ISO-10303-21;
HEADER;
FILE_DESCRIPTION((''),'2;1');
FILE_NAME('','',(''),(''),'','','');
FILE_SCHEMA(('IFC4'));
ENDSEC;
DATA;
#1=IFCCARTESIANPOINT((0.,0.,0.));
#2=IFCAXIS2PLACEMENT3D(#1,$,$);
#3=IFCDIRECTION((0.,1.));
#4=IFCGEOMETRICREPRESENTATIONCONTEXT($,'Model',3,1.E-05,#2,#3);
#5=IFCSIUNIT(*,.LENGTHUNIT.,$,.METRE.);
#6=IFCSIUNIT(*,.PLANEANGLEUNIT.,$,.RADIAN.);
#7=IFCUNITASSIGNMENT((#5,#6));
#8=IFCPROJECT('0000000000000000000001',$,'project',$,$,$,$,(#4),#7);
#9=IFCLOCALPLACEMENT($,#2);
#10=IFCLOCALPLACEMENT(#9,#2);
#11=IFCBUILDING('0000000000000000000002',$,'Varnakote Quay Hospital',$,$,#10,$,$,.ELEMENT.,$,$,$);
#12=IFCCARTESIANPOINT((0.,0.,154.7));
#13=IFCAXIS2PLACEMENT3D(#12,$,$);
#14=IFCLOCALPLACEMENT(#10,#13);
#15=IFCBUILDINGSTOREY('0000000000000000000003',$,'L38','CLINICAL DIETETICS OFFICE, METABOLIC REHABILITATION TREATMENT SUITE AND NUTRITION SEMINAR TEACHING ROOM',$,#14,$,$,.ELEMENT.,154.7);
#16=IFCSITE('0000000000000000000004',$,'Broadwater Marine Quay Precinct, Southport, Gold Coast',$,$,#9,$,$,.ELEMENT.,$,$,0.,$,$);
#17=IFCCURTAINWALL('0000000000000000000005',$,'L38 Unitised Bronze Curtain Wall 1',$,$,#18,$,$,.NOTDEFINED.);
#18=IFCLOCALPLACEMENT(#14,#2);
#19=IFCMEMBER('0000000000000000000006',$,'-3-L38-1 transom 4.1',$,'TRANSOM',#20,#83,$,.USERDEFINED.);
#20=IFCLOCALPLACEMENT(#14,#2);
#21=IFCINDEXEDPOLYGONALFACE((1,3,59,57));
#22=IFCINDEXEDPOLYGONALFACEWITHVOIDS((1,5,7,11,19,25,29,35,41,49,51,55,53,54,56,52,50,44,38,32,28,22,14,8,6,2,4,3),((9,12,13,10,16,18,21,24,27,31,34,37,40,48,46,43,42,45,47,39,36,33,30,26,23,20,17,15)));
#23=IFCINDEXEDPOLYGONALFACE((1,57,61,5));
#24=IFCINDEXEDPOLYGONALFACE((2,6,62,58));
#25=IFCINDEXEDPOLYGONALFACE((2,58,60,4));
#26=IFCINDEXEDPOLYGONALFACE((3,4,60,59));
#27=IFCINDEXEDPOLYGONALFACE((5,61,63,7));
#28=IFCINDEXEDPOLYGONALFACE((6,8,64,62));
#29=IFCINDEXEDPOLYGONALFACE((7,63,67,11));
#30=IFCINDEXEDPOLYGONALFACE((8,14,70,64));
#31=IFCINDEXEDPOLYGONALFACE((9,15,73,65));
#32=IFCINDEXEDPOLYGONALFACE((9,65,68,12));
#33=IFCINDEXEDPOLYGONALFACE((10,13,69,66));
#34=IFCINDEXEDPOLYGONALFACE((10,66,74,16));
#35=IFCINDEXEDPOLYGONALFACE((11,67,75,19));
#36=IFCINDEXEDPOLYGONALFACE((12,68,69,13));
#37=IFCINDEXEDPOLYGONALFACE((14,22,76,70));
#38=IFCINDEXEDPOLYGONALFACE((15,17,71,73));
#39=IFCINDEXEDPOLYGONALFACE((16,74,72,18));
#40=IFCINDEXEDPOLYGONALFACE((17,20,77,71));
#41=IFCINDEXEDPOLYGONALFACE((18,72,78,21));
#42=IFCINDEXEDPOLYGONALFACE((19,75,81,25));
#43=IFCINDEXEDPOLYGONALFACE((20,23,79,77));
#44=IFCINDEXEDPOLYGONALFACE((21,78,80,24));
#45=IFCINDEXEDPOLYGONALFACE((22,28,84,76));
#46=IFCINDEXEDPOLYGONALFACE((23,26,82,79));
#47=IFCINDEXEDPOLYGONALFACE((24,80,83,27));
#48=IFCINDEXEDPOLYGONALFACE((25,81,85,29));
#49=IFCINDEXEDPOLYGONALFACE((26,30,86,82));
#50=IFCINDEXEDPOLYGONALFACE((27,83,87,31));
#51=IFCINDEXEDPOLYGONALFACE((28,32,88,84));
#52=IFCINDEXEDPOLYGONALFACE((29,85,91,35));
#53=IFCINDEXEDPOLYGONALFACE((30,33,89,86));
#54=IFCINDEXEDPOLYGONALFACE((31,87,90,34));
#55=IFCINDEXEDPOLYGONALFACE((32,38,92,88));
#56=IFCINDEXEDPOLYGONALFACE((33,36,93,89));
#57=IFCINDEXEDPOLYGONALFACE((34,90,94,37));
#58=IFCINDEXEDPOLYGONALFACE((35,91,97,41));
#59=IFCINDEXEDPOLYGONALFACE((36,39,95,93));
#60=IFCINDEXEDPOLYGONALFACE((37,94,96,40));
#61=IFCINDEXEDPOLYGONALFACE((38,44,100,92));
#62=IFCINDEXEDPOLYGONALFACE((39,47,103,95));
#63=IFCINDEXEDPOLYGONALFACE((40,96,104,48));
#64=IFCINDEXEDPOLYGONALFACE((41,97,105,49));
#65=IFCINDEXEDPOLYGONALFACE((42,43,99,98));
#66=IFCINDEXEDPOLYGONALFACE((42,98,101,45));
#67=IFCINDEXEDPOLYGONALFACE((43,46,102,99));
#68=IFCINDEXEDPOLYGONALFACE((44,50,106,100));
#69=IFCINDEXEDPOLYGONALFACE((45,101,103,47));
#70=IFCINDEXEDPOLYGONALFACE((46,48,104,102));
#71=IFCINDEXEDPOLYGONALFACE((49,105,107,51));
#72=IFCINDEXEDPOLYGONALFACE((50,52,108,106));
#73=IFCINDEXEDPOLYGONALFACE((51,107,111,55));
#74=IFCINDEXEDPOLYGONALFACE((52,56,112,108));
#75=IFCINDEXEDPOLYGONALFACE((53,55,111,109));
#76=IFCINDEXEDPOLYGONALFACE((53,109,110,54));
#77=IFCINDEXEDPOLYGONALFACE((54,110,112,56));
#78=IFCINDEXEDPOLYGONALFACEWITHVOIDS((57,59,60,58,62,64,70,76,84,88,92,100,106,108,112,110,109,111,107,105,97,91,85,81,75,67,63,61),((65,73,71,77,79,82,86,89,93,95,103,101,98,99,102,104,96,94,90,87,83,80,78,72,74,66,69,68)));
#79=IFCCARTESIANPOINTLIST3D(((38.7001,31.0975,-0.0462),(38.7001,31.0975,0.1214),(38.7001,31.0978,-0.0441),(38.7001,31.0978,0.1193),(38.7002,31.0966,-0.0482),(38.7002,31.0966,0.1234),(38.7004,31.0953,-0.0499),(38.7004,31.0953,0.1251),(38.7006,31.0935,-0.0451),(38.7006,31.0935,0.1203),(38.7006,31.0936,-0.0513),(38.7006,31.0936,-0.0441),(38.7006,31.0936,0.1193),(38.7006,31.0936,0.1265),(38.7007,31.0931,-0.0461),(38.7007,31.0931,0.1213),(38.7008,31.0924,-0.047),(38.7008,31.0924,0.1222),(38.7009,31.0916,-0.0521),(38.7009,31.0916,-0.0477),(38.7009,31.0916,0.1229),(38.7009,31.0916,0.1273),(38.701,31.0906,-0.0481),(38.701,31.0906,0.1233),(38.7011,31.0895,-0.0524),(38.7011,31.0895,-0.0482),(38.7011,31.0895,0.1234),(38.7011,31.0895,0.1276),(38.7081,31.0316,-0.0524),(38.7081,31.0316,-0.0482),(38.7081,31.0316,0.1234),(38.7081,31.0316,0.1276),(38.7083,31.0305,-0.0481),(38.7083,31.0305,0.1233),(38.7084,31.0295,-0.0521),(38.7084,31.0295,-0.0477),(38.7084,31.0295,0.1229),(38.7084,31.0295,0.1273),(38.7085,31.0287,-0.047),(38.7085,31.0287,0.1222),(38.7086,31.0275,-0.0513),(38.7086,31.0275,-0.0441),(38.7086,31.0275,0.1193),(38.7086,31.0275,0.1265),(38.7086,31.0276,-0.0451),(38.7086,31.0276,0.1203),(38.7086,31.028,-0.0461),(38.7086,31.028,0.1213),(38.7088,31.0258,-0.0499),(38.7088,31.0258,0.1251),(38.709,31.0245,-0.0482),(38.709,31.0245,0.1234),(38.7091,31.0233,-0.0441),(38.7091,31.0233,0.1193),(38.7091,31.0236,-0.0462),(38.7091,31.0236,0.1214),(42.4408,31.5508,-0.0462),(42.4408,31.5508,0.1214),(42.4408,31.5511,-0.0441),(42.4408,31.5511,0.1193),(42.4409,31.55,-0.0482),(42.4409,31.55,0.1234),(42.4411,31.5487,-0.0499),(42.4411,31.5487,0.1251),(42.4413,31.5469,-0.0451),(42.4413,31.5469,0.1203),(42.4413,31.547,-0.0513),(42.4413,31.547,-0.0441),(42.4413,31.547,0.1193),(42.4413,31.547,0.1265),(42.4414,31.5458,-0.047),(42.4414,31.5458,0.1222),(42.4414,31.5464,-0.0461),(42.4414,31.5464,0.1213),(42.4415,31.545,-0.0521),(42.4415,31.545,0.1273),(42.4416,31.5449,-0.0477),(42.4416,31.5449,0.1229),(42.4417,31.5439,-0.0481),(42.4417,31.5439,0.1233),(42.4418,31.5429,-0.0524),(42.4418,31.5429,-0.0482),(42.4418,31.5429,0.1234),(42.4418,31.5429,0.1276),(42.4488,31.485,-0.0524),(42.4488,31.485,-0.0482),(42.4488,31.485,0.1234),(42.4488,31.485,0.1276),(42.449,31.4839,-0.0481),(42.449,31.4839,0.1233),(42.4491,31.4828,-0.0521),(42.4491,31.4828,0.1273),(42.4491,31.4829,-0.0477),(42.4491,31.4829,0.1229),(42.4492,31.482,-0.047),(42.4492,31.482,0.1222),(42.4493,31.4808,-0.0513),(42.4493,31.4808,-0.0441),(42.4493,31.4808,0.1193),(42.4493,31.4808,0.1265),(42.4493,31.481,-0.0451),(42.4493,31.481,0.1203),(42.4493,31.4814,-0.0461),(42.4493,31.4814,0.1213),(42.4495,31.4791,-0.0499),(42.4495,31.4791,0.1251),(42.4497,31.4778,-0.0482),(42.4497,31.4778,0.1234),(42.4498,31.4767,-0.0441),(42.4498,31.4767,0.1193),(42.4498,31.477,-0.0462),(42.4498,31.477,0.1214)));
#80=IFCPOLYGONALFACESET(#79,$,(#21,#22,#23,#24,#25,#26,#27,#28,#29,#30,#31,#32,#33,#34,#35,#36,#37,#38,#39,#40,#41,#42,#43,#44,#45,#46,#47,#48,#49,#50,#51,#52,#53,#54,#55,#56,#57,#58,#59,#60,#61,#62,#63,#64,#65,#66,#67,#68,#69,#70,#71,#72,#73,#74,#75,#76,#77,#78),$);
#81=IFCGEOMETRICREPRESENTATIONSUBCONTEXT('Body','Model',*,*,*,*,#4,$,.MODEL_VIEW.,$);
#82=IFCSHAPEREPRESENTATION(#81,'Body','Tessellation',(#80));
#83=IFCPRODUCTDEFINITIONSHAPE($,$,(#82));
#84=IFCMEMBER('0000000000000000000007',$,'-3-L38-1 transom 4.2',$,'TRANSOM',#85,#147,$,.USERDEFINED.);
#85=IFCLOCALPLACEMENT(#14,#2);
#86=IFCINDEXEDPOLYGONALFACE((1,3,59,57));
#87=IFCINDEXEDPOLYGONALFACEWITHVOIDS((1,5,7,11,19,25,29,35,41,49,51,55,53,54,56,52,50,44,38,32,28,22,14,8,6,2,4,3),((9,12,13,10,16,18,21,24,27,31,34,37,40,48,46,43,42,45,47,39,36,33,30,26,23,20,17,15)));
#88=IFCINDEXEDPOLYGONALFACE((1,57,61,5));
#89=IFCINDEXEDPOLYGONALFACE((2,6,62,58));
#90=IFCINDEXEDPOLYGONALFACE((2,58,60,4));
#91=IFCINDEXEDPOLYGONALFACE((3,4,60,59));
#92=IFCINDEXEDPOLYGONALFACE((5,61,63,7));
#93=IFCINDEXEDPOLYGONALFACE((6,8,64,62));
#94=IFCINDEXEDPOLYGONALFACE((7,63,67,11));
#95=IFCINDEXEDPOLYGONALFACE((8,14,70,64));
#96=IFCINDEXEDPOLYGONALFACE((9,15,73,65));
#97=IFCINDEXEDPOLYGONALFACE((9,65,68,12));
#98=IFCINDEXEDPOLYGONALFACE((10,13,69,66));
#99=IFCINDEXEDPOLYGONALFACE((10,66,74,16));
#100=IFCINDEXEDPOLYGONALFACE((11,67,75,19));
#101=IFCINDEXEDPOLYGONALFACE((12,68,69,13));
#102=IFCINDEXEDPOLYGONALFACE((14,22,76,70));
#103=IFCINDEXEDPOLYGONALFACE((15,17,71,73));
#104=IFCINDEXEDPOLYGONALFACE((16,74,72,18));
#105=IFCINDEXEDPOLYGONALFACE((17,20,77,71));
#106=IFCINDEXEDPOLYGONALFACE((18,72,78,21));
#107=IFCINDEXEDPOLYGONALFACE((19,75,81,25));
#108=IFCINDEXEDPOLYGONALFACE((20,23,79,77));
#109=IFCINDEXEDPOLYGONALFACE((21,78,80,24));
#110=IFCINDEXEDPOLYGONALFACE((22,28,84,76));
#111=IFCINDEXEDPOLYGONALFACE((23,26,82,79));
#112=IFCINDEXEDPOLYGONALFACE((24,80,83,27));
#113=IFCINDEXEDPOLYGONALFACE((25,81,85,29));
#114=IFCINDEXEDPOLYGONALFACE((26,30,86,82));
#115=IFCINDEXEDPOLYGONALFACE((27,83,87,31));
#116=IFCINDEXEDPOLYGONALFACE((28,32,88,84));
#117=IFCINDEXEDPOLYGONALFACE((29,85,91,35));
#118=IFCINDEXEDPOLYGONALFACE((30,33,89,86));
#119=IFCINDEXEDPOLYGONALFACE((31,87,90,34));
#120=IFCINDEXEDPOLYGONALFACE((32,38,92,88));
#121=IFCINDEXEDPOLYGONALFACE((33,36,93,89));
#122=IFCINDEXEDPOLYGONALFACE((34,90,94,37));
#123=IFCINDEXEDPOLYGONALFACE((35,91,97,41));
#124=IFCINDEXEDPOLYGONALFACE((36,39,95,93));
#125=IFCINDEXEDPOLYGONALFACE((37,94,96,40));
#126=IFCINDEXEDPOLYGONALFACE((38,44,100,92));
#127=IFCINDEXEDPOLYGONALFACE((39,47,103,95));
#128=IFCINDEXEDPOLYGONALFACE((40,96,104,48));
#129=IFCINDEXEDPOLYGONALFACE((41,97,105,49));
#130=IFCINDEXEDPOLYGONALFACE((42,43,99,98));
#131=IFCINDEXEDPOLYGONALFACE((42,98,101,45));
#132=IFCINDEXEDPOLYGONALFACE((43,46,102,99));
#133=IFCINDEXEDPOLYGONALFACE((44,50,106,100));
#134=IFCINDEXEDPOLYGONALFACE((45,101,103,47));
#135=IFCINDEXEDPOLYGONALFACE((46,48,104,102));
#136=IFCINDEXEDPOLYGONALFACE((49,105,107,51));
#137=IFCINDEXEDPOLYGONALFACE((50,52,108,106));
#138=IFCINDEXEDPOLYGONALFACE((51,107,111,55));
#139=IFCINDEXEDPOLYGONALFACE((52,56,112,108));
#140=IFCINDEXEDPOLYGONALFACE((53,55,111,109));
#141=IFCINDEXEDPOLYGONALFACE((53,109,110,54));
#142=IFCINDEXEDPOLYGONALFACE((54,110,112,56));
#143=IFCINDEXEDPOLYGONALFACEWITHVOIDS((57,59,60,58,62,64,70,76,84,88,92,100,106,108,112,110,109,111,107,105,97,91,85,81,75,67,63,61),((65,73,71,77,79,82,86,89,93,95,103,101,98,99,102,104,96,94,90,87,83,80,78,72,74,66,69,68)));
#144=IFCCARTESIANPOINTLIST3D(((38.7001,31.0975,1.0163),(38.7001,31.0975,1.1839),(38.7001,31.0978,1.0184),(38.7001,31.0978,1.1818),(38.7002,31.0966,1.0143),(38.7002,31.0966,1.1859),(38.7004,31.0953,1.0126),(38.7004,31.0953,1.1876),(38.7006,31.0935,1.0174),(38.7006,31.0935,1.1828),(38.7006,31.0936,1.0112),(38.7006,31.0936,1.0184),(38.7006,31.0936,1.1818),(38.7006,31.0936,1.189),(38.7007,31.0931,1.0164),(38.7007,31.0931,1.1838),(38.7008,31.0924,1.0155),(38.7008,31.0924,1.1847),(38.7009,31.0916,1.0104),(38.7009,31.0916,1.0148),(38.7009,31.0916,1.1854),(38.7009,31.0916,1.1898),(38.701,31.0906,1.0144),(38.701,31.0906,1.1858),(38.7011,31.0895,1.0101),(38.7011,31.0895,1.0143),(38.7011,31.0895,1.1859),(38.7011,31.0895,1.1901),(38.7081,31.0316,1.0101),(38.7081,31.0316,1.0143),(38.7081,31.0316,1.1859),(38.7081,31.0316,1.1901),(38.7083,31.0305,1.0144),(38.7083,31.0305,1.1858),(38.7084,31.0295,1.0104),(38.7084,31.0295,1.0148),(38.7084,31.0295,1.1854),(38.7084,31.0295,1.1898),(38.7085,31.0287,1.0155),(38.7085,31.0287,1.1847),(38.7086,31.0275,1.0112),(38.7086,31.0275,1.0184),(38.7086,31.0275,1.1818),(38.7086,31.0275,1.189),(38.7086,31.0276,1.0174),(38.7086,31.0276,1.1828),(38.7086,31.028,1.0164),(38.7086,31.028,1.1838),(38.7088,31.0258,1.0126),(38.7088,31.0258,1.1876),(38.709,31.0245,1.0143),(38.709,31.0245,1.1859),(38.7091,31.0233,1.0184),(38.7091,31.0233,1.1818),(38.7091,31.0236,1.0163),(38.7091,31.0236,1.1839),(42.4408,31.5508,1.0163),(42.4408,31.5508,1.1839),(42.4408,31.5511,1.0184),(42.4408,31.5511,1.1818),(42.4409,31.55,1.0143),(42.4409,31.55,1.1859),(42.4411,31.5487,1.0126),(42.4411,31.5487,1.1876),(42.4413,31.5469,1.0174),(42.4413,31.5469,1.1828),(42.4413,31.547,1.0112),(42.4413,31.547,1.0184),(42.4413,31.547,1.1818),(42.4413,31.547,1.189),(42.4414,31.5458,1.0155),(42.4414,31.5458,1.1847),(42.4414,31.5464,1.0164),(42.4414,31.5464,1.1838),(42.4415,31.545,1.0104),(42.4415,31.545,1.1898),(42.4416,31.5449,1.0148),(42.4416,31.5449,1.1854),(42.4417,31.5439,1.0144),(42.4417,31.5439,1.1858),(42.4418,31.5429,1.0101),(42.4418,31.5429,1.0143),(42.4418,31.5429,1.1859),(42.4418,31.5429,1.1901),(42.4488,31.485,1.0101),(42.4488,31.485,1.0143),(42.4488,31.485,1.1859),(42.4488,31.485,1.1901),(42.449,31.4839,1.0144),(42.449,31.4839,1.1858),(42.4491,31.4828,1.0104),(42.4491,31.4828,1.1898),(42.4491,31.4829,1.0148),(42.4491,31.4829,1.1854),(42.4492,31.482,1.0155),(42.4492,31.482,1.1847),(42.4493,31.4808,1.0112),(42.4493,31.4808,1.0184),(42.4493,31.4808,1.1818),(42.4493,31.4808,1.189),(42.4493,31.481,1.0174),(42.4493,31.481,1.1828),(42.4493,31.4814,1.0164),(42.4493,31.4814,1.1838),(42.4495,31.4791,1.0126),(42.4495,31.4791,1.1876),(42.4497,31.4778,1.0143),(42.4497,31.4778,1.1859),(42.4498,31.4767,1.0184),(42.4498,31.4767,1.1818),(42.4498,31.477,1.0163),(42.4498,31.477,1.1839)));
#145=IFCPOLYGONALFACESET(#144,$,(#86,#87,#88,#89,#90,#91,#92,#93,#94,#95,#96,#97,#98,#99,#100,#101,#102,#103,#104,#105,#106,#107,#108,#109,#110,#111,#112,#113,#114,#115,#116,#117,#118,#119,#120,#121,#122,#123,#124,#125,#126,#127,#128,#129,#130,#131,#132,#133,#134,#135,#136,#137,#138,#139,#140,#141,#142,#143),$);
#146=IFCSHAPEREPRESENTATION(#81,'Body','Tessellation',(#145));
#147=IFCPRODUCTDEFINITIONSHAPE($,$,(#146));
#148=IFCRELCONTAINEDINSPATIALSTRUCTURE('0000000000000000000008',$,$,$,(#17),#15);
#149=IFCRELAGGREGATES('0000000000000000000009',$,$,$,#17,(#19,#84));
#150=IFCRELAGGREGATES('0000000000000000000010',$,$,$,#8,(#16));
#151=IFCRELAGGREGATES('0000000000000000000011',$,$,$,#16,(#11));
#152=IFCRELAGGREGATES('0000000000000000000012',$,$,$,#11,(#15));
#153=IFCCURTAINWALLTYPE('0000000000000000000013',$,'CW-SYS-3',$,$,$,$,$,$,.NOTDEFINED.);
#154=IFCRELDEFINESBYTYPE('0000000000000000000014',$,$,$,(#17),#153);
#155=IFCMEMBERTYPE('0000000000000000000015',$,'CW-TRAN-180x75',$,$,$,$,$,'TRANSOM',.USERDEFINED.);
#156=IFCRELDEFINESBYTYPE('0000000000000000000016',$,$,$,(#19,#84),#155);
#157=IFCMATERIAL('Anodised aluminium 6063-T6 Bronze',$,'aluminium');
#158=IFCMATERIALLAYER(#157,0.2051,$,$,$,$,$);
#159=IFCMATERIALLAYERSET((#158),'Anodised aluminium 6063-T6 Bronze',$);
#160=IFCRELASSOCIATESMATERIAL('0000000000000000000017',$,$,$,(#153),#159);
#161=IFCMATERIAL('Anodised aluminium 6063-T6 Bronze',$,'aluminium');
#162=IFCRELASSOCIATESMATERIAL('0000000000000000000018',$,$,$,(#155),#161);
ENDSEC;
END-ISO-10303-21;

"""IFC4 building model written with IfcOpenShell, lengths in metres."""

from ifc_helpers import new_model, si_unit, direction, frame, origin, origin_2d, place, context, subcontext, project, spatial, hollow_rectangle, extrude, material, layer, layer_set, material_profile, profile_set, type_object, element, aggregate, save


model = new_model("IFC4")

# Units and contexts
model_context = context("Model", 3, precision=1e-05, world=origin(), true_north=direction((0.0, 1.0)))
body_context = subcontext(model_context, "Body", "Model", "MODEL_VIEW")
ifc_project = project(units=[si_unit("LENGTHUNIT", "METRE"), si_unit("PLANEANGLEUNIT", "RADIAN")], contexts=[model_context])

# Site, building, storey
site_placement = place(None, origin())
site = spatial("IfcSite", under=ifc_project, at=site_placement, Name="Broadwater Marine Quay Precinct, Southport, Gold Coast", CompositionType="ELEMENT", RefElevation=0.0)
building_placement = place(site_placement, origin())
building = spatial("IfcBuilding", under=site, at=building_placement, Name="Varnakote Quay Hospital", CompositionType="ELEMENT")
storey_placement = place(building_placement, frame((0.0, 0.0, 154.7)))
storey = spatial("IfcBuildingStorey", under=building, at=storey_placement, Name="L38", Description="CLINICAL DIETETICS OFFICE, METABOLIC REHABILITATION TREATMENT SUITE AND NUTRITION SEMINAR TEACHING ROOM", CompositionType="ELEMENT", Elevation=154.7)

# Curtain wall, members
ifc_material_1 = material(Name="Anodised aluminium 6063-T6 Bronze", Category="aluminium")
ifc_layer_1 = layer(ifc_material_1, 0.2051)
ifc_layer_set_1 = layer_set([ifc_layer_1], Name="Anodised aluminium 6063-T6 Bronze")
curtain_wall_type = type_object("IfcCurtainWallType", Name="CW-SYS-3", PredefinedType="NOTDEFINED", material=ifc_layer_set_1)
curtain_wall_placement = place(storey_placement, origin())
curtain_wall = element("IfcCurtainWall", 1, at=curtain_wall_placement, inside=storey, type_object=curtain_wall_type, Name="L38 Unitised Bronze Curtain Wall 1", PredefinedType="NOTDEFINED")
ifc_material_2 = material(Name="Anodised aluminium 6063-T6 Bronze", Category="aluminium")
ifc_material_profile_1 = material_profile(ifc_material_2, hollow_rectangle(XDim=0.075, YDim=0.1799, WallThickness=0.0042, InnerFilletRadius=0.0042, OuterFilletRadius=0.0083, at=origin_2d()), Name="CW-TRAN-180x75")
ifc_profile_set_1 = profile_set([ifc_material_profile_1], Name="Anodised aluminium 6063-T6 Bronze")
member_type_1 = type_object("IfcMemberType", Name="CW-TRAN-180x75", ElementType="TRANSOM", PredefinedType="USERDEFINED", material=ifc_profile_set_1)
member_1_placement = place(storey_placement, frame((42.4453, 31.5139, 0.0376), z_axis=(-0.992735, -0.120318, 0.0), x_axis=(0.120318, -0.992735, 0.0)))
member_1 = element("IfcMember", 2, at=member_1_placement, type_object=member_type_1, Name="-3-L38-1 transom 4.1", ObjectType="TRANSOM", PredefinedType="USERDEFINED", context=body_context, shape_type="SweptSolid", body=[
    extrude(hollow_rectangle(XDim=0.075, YDim=0.1799, WallThickness=0.0042, InnerFilletRadius=0.0042, OuterFilletRadius=0.0083, at=origin_2d()), origin(), (0.0, 0.0, 1.0), 3.7681),
])
member_2_placement = place(storey_placement, frame((42.4453, 31.5139, 1.1001), z_axis=(-0.992735, -0.120318, 0.0), x_axis=(0.120318, -0.992735, 0.0)))
member_2 = element("IfcMember", 3, at=member_2_placement, type_object=member_type_1, Name="-3-L38-1 transom 4.2", ObjectType="TRANSOM", PredefinedType="USERDEFINED", context=body_context, shape_type="SweptSolid", body=[
    extrude(hollow_rectangle(XDim=0.075, YDim=0.1799, WallThickness=0.0042, InnerFilletRadius=0.0042, OuterFilletRadius=0.0083, at=origin_2d()), origin(), (0.0, 0.0, 1.0), 3.7681),
])

aggregate(curtain_wall, [member_1, member_2])

save(model, "model.ifc")
